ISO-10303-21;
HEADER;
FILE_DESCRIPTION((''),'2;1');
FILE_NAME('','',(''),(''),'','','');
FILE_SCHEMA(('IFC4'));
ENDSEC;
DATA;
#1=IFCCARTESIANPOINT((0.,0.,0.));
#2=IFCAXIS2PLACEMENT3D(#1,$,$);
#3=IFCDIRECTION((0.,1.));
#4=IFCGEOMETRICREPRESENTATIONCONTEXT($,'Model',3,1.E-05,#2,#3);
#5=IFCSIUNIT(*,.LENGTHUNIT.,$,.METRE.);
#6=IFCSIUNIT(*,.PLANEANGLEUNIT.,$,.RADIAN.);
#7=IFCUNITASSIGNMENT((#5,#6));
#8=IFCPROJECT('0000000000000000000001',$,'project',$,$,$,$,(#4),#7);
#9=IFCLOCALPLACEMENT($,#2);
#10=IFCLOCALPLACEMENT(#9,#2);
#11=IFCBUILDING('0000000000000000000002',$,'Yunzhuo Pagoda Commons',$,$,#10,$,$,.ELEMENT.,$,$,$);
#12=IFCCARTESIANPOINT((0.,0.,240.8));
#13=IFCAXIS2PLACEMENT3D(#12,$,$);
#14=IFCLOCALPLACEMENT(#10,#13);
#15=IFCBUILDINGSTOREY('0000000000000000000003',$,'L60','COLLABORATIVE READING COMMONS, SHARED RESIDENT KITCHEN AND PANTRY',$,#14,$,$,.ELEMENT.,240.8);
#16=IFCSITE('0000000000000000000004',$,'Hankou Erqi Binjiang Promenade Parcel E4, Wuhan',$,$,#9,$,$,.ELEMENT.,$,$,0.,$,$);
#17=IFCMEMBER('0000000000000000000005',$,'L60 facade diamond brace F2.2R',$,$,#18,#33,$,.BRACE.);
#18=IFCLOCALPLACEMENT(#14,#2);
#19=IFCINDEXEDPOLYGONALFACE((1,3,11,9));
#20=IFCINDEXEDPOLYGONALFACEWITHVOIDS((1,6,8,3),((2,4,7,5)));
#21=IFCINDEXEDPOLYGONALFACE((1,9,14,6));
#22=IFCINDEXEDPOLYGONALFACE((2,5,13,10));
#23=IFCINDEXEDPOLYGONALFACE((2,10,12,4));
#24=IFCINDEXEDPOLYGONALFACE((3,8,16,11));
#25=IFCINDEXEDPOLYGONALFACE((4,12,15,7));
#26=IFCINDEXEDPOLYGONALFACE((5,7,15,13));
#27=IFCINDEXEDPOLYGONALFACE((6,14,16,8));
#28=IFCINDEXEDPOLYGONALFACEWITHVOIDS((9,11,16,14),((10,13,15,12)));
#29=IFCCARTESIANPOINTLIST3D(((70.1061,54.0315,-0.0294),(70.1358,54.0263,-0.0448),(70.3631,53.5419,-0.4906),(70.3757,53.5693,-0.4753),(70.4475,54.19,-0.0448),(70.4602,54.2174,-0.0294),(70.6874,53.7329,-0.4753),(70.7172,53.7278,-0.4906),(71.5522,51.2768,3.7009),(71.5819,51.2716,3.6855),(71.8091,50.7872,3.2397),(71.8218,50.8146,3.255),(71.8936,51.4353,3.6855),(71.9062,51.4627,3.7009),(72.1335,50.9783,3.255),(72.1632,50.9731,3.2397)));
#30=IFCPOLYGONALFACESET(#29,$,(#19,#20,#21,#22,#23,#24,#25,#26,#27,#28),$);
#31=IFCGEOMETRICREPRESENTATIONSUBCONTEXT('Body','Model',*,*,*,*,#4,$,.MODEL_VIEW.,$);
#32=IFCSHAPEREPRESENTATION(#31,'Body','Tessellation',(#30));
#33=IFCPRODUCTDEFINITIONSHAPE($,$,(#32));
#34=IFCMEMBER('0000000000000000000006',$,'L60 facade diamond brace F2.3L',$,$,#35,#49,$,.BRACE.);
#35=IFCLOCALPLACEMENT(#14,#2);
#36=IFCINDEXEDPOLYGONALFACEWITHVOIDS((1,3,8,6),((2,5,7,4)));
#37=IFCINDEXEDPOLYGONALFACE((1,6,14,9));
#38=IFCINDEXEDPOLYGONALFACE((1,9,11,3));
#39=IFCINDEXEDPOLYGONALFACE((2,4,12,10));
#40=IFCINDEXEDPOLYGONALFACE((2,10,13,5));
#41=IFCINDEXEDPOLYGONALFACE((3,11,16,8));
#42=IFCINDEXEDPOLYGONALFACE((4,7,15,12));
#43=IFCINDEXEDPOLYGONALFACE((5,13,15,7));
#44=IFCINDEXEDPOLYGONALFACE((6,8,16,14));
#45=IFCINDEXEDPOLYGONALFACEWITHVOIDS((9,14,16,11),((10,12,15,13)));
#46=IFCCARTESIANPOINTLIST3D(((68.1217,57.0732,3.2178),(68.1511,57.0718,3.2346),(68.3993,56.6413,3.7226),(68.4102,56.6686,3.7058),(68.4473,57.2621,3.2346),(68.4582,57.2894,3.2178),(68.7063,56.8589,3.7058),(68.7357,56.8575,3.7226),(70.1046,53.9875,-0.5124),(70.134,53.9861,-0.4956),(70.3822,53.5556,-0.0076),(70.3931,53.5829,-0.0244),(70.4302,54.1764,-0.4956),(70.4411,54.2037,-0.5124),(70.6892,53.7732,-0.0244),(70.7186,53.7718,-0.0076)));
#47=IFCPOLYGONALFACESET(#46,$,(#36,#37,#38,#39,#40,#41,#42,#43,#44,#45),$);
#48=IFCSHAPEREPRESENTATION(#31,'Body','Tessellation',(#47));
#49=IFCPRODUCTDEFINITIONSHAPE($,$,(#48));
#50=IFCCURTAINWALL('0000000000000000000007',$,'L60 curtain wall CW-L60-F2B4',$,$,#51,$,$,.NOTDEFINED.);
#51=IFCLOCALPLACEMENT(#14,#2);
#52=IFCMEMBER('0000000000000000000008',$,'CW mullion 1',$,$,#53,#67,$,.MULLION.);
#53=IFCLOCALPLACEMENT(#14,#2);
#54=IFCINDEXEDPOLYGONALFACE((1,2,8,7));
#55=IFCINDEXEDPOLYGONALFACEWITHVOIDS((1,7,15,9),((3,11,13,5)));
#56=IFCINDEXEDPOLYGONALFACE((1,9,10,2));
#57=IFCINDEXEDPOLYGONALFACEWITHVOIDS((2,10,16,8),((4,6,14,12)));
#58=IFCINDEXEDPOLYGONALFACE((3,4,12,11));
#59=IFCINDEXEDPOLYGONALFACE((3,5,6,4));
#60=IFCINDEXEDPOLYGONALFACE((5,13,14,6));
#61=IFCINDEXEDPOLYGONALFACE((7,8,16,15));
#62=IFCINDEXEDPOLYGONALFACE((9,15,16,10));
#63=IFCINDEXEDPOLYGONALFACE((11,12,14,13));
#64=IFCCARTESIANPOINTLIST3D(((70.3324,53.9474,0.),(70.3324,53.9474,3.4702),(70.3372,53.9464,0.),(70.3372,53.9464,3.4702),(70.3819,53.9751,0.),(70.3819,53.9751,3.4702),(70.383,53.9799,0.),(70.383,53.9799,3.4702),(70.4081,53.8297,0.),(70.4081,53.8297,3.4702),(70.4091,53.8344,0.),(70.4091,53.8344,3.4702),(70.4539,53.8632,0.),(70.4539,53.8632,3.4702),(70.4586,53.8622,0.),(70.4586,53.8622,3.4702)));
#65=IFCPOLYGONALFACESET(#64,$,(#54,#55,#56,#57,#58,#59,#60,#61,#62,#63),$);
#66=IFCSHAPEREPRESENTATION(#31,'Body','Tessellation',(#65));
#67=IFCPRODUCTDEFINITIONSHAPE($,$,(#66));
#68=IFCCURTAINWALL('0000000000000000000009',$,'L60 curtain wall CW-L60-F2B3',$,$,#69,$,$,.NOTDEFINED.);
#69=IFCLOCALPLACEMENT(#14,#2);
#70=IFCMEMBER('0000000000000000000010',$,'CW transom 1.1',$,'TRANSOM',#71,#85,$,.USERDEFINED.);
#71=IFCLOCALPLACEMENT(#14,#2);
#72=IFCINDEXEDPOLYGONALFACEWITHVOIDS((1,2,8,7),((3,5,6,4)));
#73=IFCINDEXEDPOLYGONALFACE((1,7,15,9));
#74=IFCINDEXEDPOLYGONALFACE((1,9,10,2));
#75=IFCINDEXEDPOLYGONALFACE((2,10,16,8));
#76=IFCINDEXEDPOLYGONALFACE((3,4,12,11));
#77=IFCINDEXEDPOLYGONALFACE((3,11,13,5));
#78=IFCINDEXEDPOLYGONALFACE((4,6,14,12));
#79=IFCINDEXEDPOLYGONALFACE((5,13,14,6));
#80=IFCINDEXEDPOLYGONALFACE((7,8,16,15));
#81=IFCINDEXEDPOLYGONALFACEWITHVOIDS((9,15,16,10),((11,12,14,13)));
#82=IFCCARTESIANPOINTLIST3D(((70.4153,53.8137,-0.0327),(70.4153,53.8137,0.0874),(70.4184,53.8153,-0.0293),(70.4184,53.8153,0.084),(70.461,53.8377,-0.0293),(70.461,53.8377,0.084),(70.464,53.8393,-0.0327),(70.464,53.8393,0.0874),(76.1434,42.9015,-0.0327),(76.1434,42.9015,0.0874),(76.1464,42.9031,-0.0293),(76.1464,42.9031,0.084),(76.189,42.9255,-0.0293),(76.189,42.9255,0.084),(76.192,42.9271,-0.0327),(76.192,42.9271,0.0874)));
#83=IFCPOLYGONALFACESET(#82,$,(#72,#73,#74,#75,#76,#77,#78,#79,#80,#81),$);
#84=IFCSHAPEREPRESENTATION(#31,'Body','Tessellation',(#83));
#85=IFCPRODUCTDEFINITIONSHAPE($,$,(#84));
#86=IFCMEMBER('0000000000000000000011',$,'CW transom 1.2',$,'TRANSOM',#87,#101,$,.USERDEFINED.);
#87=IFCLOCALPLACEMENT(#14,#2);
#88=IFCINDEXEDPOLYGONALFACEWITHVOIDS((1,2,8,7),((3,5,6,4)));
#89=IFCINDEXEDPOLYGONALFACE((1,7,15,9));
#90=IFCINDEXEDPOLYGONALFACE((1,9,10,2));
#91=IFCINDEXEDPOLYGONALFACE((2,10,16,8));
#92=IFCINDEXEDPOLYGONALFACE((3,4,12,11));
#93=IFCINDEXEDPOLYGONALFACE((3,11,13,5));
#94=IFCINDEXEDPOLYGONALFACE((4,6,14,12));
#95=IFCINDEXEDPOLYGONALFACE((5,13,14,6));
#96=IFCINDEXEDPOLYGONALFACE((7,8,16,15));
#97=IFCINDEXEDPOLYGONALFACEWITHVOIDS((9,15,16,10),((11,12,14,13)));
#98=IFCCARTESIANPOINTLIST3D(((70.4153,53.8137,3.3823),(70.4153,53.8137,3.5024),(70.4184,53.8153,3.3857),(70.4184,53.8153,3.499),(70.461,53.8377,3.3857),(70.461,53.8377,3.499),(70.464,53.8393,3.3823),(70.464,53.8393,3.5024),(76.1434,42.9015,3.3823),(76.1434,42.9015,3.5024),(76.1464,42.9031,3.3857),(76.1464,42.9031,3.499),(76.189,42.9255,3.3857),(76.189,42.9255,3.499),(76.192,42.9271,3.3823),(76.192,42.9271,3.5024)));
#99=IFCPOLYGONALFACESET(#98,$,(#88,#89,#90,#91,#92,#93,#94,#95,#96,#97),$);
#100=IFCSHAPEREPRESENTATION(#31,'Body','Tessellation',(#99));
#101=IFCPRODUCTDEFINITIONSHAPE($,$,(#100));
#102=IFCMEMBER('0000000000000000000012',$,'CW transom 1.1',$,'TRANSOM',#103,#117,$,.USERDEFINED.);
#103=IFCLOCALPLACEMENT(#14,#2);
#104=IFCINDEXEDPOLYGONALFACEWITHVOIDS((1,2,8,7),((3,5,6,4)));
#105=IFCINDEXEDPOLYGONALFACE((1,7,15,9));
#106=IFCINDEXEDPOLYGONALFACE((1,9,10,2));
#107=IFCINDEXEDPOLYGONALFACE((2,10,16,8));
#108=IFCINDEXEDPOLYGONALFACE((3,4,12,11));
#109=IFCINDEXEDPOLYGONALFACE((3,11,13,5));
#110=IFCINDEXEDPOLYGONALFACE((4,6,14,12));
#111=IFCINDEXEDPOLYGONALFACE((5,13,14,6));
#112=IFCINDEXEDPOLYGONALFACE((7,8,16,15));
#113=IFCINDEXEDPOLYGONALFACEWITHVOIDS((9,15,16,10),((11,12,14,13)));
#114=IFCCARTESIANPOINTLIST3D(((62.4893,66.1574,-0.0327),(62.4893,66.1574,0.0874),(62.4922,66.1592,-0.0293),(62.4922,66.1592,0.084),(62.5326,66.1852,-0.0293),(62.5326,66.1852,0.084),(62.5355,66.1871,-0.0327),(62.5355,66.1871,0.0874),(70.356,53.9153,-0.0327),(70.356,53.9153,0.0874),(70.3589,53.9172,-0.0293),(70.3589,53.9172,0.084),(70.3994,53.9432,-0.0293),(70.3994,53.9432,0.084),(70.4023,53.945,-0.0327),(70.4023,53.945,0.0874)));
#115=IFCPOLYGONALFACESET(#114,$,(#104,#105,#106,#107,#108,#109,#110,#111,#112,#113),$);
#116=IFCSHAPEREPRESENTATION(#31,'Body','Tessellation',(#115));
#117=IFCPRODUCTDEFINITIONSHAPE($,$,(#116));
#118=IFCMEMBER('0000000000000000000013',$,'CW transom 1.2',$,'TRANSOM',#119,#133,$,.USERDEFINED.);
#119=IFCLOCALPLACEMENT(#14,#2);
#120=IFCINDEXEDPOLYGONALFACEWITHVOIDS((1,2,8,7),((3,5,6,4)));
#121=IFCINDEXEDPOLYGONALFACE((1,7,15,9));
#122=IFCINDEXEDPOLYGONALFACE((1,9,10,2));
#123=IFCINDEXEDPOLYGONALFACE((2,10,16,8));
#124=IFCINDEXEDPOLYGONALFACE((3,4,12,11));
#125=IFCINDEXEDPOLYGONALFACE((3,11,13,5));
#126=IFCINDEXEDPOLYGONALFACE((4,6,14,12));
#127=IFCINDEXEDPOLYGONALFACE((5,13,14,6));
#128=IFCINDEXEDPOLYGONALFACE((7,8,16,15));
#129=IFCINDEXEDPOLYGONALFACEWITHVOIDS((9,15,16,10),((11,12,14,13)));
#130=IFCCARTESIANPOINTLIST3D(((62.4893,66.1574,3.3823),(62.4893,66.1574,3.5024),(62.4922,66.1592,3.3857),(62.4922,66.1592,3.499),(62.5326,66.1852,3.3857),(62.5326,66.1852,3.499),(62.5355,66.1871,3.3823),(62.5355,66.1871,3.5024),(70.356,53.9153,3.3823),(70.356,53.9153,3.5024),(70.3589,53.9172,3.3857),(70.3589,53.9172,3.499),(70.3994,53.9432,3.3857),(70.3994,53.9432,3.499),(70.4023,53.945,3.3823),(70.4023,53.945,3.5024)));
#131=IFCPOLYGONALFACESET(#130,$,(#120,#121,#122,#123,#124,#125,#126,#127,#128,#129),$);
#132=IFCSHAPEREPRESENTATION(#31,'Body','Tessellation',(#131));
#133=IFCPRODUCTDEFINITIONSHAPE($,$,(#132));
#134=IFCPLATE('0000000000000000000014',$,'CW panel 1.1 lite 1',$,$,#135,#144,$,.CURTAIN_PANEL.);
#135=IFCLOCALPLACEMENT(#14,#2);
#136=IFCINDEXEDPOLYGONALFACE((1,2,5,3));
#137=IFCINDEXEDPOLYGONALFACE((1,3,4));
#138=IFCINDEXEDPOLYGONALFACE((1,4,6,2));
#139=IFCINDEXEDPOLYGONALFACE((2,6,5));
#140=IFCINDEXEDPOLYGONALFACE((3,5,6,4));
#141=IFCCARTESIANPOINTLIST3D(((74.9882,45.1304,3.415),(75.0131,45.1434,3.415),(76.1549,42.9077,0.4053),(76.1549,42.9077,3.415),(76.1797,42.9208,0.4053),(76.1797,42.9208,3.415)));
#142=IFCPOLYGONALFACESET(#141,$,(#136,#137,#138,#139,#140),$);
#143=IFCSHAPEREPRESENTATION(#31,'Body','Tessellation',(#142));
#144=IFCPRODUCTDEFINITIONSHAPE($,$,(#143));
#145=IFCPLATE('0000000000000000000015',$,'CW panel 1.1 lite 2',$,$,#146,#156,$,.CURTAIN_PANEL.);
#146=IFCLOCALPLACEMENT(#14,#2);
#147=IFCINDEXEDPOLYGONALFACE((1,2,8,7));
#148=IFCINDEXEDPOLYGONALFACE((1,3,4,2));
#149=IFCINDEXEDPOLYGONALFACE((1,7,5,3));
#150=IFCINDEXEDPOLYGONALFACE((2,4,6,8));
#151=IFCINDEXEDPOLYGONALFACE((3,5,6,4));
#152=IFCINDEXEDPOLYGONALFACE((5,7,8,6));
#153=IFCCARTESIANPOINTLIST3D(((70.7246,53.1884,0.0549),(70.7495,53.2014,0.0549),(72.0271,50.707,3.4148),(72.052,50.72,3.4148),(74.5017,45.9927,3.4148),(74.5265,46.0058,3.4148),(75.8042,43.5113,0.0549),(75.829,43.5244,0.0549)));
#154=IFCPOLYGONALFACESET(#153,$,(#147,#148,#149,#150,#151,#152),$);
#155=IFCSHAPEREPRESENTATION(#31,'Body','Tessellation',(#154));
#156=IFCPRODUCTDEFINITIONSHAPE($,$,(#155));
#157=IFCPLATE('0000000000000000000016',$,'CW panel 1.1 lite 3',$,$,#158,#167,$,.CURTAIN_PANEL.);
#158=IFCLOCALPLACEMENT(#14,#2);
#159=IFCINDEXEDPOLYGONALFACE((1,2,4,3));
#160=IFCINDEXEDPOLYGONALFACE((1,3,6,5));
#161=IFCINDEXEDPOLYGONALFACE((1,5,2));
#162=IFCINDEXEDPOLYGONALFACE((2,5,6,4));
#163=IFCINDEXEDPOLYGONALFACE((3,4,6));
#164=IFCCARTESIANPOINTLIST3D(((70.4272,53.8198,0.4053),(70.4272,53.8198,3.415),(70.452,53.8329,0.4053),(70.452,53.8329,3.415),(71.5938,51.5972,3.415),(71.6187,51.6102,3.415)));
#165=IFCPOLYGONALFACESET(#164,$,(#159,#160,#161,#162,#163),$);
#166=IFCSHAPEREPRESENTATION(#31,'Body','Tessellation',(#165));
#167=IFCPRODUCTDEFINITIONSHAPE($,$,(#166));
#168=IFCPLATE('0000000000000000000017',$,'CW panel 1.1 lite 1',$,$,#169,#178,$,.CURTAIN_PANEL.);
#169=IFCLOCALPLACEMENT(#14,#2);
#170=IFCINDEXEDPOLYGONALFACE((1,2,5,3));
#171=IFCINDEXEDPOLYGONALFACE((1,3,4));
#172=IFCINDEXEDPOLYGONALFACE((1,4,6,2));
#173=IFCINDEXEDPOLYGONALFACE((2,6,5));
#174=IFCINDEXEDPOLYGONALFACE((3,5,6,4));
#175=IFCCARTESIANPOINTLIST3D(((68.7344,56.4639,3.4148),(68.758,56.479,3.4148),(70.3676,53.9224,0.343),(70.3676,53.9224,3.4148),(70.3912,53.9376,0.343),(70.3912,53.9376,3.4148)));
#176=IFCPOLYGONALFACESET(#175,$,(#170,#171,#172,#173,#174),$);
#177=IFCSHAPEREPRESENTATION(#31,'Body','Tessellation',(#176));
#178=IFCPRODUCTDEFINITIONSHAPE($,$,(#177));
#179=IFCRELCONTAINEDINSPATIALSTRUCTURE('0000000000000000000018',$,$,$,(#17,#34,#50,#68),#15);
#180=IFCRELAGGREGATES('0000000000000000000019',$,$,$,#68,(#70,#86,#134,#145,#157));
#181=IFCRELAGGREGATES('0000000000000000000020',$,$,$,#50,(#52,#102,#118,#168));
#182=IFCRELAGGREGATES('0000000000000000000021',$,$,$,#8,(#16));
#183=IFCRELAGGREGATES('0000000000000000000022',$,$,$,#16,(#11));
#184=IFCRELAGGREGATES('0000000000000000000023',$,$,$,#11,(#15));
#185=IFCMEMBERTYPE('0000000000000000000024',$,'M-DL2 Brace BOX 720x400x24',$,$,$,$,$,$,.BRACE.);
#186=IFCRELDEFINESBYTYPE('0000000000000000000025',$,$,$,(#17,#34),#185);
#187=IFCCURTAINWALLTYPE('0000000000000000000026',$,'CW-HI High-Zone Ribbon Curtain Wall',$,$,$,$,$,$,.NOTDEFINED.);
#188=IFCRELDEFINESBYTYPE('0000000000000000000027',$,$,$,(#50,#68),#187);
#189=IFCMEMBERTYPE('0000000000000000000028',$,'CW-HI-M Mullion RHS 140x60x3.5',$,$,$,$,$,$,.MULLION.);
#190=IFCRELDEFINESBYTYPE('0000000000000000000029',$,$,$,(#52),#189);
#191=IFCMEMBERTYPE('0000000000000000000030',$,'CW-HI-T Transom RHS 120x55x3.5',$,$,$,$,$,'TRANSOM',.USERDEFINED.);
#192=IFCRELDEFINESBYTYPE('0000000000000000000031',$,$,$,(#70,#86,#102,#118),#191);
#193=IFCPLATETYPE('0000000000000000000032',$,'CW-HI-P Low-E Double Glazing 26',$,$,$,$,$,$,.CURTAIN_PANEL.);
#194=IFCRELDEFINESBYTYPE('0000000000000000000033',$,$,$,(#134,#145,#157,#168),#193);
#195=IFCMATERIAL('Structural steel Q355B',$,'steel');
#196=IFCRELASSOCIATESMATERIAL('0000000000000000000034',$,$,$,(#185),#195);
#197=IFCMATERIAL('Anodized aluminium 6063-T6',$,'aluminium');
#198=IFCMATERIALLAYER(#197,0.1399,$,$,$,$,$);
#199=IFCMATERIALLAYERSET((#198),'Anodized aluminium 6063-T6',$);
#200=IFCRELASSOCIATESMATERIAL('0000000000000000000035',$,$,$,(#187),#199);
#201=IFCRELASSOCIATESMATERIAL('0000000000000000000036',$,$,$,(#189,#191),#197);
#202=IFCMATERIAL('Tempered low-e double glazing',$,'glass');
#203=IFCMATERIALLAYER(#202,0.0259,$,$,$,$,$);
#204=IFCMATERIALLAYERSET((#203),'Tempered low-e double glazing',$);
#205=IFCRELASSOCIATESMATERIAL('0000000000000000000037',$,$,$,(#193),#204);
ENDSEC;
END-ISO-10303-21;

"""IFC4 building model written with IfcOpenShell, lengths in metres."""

from ifc_helpers import new_model, si_unit, direction, frame, origin, origin_2d, place, context, subcontext, project, spatial, polyline, hollow_rectangle, outline, extrude, source, transform, mapped, material, layer, layer_set, material_profile, profile_set, type_object, element, aggregate, save


model = new_model("IFC4")

# Units and contexts
model_context = context("Model", 3, precision=1e-05, world=origin(), true_north=direction((0.0, 1.0)))
body_context = subcontext(model_context, "Body", "Model", "MODEL_VIEW")
ifc_project = project(units=[si_unit("LENGTHUNIT", "METRE"), si_unit("PLANEANGLEUNIT", "RADIAN")], contexts=[model_context])

# Site, building, storey
site_placement = place(None, origin())
site = spatial("IfcSite", under=ifc_project, at=site_placement, Name="Hankou Erqi Binjiang Promenade Parcel E4, Wuhan", CompositionType="ELEMENT", RefElevation=0.0)
building_placement = place(site_placement, origin())
building = spatial("IfcBuilding", under=site, at=building_placement, Name="Yunzhuo Pagoda Commons", CompositionType="ELEMENT")
storey_placement = place(building_placement, frame((0.0, 0.0, 240.8)))
storey = spatial("IfcBuildingStorey", under=building, at=storey_placement, Name="L60", Description="COLLABORATIVE READING COMMONS, SHARED RESIDENT KITCHEN AND PANTRY", CompositionType="ELEMENT", Elevation=240.8)

# Shared definitions
ifc_material_1 = material(Name="Structural steel Q355B", Category="steel")

# Members
ifc_material_profile_1 = material_profile(ifc_material_1, hollow_rectangle(XDim=0.3999, YDim=0.72, WallThickness=0.0239, at=origin_2d()), Name="Structural steel Q355B")
ifc_profile_set_1 = profile_set([ifc_material_profile_1], Name="Structural steel Q355B")
member_type_1 = type_object("IfcMemberType", Name="M-DL2 Brace BOX 720x400x24", PredefinedType="BRACE", material=ifc_profile_set_1)
shared_shape_1 = source(origin(), body_context, "Body", "SweptSolid", [
    extrude(hollow_rectangle(XDim=0.3999, YDim=0.72, WallThickness=0.0239, at=origin_2d()), origin(), (0.0, 0.0, 1.0), 4.8574),
])
member_1_placement = place(storey_placement, frame((70.4116, 53.8796, -0.26), z_axis=(0.297704, -0.56711, 0.767958), x_axis=(0.885416, 0.464799, 0.0)))
element("IfcMember", 1, at=member_1_placement, inside=storey, type_object=member_type_1, Name="L60 facade diamond brace F2.2R", PredefinedType="BRACE", context=body_context, shape_type="MappedRepresentation", body=[
    mapped(shared_shape_1, transform((0.0, 0.0, 0.0), scale=1.0)),
])
shared_shape_2 = source(origin(), body_context, "Body", "SweptSolid", [
    extrude(hollow_rectangle(XDim=0.3999, YDim=0.72, WallThickness=0.0239, at=origin_2d()), origin(), (0.0, 0.0, 1.0), 5.2314),
])
member_2_placement = place(storey_placement, frame((70.4116, 53.8796, -0.26), z_axis=(-0.379037, 0.589836, 0.713039), x_axis=(-0.841271, -0.540613, 0.0)))
element("IfcMember", 2, at=member_2_placement, inside=storey, type_object=member_type_1, Name="L60 facade diamond brace F2.3L", PredefinedType="BRACE", context=body_context, shape_type="MappedRepresentation", body=[
    mapped(shared_shape_2, transform((0.0, 0.0, 0.0), scale=1.0)),
])

# Curtain wall, member
ifc_material_2 = material(Name="Anodized aluminium 6063-T6", Category="aluminium")
ifc_layer_1 = layer(ifc_material_2, 0.1399)
ifc_layer_set_1 = layer_set([ifc_layer_1], Name="Anodized aluminium 6063-T6")
curtain_wall_type = type_object("IfcCurtainWallType", Name="CW-HI High-Zone Ribbon Curtain Wall", PredefinedType="NOTDEFINED", material=ifc_layer_set_1)
curtain_wall_1_placement = place(storey_placement, origin())
curtain_wall_1 = element("IfcCurtainWall", 3, at=curtain_wall_1_placement, inside=storey, type_object=curtain_wall_type, Name="L60 curtain wall CW-L60-F2B4", PredefinedType="NOTDEFINED")
ifc_material_profile_2 = material_profile(ifc_material_2, hollow_rectangle(XDim=0.0601, YDim=0.1399, WallThickness=0.0034, at=origin_2d()), Name="Anodized aluminium 6063-T6")
ifc_profile_set_2 = profile_set([ifc_material_profile_2], Name="Anodized aluminium 6063-T6")
member_type_2 = type_object("IfcMemberType", Name="CW-HI-M Mullion RHS 140x60x3.5", PredefinedType="MULLION", material=ifc_profile_set_2)
shared_shape_3 = source(origin(), body_context, "Body", "SweptSolid", [
    extrude(hollow_rectangle(XDim=0.0601, YDim=0.1399, WallThickness=0.0034, at=origin_2d()), origin(), (0.0, 0.0, 1.0), 3.4702),
])
member_3_placement = place(storey_placement, frame((70.3955, 53.9048, 0.0), z_axis=(0.0, 0.0, 1.0), x_axis=(-0.841269, -0.540617, 0.0)))
member_3 = element("IfcMember", 4, at=member_3_placement, type_object=member_type_2, Name="CW mullion 1", PredefinedType="MULLION", context=body_context, shape_type="MappedRepresentation", body=[
    mapped(shared_shape_3, transform((0.0, 0.0, 0.0), scale=1.0)),
])

# Curtain wall, members
curtain_wall_2_placement = place(storey_placement, origin())
curtain_wall_2 = element("IfcCurtainWall", 5, at=curtain_wall_2_placement, inside=storey, type_object=curtain_wall_type, Name="L60 curtain wall CW-L60-F2B3", PredefinedType="NOTDEFINED")
ifc_material_profile_3 = material_profile(ifc_material_2, hollow_rectangle(XDim=0.0549, YDim=0.1201, WallThickness=0.0034, at=origin_2d()), Name="Anodized aluminium 6063-T6")
ifc_profile_set_3 = profile_set([ifc_material_profile_3], Name="Anodized aluminium 6063-T6")
member_type_3 = type_object("IfcMemberType", Name="CW-HI-T Transom RHS 120x55x3.5", ElementType="TRANSOM", PredefinedType="USERDEFINED", material=ifc_profile_set_3)
shared_shape_4 = source(origin(), body_context, "Body", "SweptSolid", [
    extrude(hollow_rectangle(XDim=0.0549, YDim=0.1201, WallThickness=0.0034, at=origin_2d()), origin(), (0.0, 0.0, 1.0), 12.3242),
])
member_4_placement = place(storey_placement, frame((76.1677, 42.9143, 0.0273), z_axis=(-0.464781, 0.885426, 0.0), x_axis=(-0.885426, -0.464781, 0.0)))
member_4 = element("IfcMember", 6, at=member_4_placement, type_object=member_type_3, Name="CW transom 1.1", ObjectType="TRANSOM", PredefinedType="USERDEFINED", context=body_context, shape_type="MappedRepresentation", body=[
    mapped(shared_shape_4, transform((0.0, 0.0, 0.0), scale=1.0)),
])
member_5_placement = place(storey_placement, frame((76.1677, 42.9143, 3.4424), z_axis=(-0.464781, 0.885426, 0.0), x_axis=(-0.885426, -0.464781, 0.0)))
member_5 = element("IfcMember", 7, at=member_5_placement, type_object=member_type_3, Name="CW transom 1.2", ObjectType="TRANSOM", PredefinedType="USERDEFINED", context=body_context, shape_type="MappedRepresentation", body=[
    mapped(shared_shape_4, transform((0.0, 0.0, 0.0), scale=1.0)),
])

# Members
shared_shape_5 = source(origin(), body_context, "Body", "SweptSolid", [
    extrude(hollow_rectangle(XDim=0.0549, YDim=0.1201, WallThickness=0.0034, at=origin_2d()), origin(), (0.0, 0.0, 1.0), 14.5518),
])
member_6_placement = place(storey_placement, frame((70.3792, 53.9302, 0.0273), z_axis=(-0.540606, 0.841276, 0.0), x_axis=(-0.841276, -0.540606, 0.0)))
member_6 = element("IfcMember", 8, at=member_6_placement, type_object=member_type_3, Name="CW transom 1.1", ObjectType="TRANSOM", PredefinedType="USERDEFINED", context=body_context, shape_type="MappedRepresentation", body=[
    mapped(shared_shape_5, transform((0.0, 0.0, 0.0), scale=1.0)),
])
member_7_placement = place(storey_placement, frame((70.3792, 53.9302, 3.4424), z_axis=(-0.540606, 0.841276, 0.0), x_axis=(-0.841276, -0.540606, 0.0)))
member_7 = element("IfcMember", 9, at=member_7_placement, type_object=member_type_3, Name="CW transom 1.2", ObjectType="TRANSOM", PredefinedType="USERDEFINED", context=body_context, shape_type="MappedRepresentation", body=[
    mapped(shared_shape_5, transform((0.0, 0.0, 0.0), scale=1.0)),
])

# Plates
ifc_material_3 = material(Name="Tempered low-e double glazing", Category="glass")
ifc_layer_2 = layer(ifc_material_3, 0.0259)
ifc_layer_set_2 = layer_set([ifc_layer_2], Name="Tempered low-e double glazing")
plate_type_1 = type_object("IfcPlateType", Name="CW-HI-P Low-E Double Glazing 26", PredefinedType="CURTAIN_PANEL", material=ifc_layer_set_2)
plate_1_placement = place(storey_placement, frame((75.5715, 44.019, 1.9102), z_axis=(0.885433, 0.464767, 0.0), x_axis=(-0.464767, 0.885433, 0.0)))
plate_1 = element("IfcPlate", 10, at=plate_1_placement, type_object=plate_type_1, Name="CW panel 1.1 lite 1", PredefinedType="CURTAIN_PANEL", context=body_context, shape_type="SweptSolid", body=[
    extrude(outline(polyline([(-1.2551, -1.5049), (1.2551, 1.5049), (-1.2551, 1.5049), (-1.2551, -1.5049)])), origin(), (0.0, 0.0, 1.0), 0.0281),
])
plate_2_placement = place(storey_placement, frame((73.2644, 48.3499, 1.7349), z_axis=(0.885433, 0.464767, 0.0), x_axis=(-0.464767, 0.885433, 0.0)))
plate_2 = element("IfcPlate", 11, at=plate_2_placement, type_object=plate_type_1, Name="CW panel 1.1 lite 2", PredefinedType="CURTAIN_PANEL", context=body_context, shape_type="SweptSolid", body=[
    extrude(outline(polyline([(-5.4646, -1.6799), (5.4646, -1.6799), (2.6621, 1.6799), (-2.6621, 1.6799), (-5.4646, -1.6799)])), origin(), (0.0, 0.0, 1.0), 0.0281),
])
plate_3_placement = place(storey_placement, frame((71.0105, 52.7085, 1.9102), z_axis=(0.885433, 0.464767, 0.0), x_axis=(-0.464767, 0.885433, 0.0)))
plate_3 = element("IfcPlate", 12, at=plate_3_placement, type_object=plate_type_1, Name="CW panel 1.1 lite 3", PredefinedType="CURTAIN_PANEL", context=body_context, shape_type="SweptSolid", body=[
    extrude(outline(polyline([(-1.2551, 1.5049), (1.2551, -1.5049), (1.2551, 1.5049), (-1.2551, 1.5049)])), origin(), (0.0, 0.0, 1.0), 0.0281),
])
aggregate(curtain_wall_2, [member_4, member_5, plate_1, plate_2, plate_3])
plate_4_placement = place(storey_placement, frame((69.551, 55.1931, 1.8789), z_axis=(0.841269, 0.540617, 0.0), x_axis=(-0.540617, 0.841269, 0.0)))
plate_4 = element("IfcPlate", 13, at=plate_4_placement, type_object=plate_type_1, Name="CW panel 1.1 lite 1", PredefinedType="CURTAIN_PANEL", context=body_context, shape_type="SweptSolid", body=[
    extrude(outline(polyline([(-1.5105, -1.5359), (1.5105, 1.5359), (-1.5105, 1.5359), (-1.5105, -1.5359)])), origin(), (0.0, 0.0, 1.0), 0.0281),
])
aggregate(curtain_wall_1, [member_3, member_6, member_7, plate_4])

save(model, "model.ifc")
